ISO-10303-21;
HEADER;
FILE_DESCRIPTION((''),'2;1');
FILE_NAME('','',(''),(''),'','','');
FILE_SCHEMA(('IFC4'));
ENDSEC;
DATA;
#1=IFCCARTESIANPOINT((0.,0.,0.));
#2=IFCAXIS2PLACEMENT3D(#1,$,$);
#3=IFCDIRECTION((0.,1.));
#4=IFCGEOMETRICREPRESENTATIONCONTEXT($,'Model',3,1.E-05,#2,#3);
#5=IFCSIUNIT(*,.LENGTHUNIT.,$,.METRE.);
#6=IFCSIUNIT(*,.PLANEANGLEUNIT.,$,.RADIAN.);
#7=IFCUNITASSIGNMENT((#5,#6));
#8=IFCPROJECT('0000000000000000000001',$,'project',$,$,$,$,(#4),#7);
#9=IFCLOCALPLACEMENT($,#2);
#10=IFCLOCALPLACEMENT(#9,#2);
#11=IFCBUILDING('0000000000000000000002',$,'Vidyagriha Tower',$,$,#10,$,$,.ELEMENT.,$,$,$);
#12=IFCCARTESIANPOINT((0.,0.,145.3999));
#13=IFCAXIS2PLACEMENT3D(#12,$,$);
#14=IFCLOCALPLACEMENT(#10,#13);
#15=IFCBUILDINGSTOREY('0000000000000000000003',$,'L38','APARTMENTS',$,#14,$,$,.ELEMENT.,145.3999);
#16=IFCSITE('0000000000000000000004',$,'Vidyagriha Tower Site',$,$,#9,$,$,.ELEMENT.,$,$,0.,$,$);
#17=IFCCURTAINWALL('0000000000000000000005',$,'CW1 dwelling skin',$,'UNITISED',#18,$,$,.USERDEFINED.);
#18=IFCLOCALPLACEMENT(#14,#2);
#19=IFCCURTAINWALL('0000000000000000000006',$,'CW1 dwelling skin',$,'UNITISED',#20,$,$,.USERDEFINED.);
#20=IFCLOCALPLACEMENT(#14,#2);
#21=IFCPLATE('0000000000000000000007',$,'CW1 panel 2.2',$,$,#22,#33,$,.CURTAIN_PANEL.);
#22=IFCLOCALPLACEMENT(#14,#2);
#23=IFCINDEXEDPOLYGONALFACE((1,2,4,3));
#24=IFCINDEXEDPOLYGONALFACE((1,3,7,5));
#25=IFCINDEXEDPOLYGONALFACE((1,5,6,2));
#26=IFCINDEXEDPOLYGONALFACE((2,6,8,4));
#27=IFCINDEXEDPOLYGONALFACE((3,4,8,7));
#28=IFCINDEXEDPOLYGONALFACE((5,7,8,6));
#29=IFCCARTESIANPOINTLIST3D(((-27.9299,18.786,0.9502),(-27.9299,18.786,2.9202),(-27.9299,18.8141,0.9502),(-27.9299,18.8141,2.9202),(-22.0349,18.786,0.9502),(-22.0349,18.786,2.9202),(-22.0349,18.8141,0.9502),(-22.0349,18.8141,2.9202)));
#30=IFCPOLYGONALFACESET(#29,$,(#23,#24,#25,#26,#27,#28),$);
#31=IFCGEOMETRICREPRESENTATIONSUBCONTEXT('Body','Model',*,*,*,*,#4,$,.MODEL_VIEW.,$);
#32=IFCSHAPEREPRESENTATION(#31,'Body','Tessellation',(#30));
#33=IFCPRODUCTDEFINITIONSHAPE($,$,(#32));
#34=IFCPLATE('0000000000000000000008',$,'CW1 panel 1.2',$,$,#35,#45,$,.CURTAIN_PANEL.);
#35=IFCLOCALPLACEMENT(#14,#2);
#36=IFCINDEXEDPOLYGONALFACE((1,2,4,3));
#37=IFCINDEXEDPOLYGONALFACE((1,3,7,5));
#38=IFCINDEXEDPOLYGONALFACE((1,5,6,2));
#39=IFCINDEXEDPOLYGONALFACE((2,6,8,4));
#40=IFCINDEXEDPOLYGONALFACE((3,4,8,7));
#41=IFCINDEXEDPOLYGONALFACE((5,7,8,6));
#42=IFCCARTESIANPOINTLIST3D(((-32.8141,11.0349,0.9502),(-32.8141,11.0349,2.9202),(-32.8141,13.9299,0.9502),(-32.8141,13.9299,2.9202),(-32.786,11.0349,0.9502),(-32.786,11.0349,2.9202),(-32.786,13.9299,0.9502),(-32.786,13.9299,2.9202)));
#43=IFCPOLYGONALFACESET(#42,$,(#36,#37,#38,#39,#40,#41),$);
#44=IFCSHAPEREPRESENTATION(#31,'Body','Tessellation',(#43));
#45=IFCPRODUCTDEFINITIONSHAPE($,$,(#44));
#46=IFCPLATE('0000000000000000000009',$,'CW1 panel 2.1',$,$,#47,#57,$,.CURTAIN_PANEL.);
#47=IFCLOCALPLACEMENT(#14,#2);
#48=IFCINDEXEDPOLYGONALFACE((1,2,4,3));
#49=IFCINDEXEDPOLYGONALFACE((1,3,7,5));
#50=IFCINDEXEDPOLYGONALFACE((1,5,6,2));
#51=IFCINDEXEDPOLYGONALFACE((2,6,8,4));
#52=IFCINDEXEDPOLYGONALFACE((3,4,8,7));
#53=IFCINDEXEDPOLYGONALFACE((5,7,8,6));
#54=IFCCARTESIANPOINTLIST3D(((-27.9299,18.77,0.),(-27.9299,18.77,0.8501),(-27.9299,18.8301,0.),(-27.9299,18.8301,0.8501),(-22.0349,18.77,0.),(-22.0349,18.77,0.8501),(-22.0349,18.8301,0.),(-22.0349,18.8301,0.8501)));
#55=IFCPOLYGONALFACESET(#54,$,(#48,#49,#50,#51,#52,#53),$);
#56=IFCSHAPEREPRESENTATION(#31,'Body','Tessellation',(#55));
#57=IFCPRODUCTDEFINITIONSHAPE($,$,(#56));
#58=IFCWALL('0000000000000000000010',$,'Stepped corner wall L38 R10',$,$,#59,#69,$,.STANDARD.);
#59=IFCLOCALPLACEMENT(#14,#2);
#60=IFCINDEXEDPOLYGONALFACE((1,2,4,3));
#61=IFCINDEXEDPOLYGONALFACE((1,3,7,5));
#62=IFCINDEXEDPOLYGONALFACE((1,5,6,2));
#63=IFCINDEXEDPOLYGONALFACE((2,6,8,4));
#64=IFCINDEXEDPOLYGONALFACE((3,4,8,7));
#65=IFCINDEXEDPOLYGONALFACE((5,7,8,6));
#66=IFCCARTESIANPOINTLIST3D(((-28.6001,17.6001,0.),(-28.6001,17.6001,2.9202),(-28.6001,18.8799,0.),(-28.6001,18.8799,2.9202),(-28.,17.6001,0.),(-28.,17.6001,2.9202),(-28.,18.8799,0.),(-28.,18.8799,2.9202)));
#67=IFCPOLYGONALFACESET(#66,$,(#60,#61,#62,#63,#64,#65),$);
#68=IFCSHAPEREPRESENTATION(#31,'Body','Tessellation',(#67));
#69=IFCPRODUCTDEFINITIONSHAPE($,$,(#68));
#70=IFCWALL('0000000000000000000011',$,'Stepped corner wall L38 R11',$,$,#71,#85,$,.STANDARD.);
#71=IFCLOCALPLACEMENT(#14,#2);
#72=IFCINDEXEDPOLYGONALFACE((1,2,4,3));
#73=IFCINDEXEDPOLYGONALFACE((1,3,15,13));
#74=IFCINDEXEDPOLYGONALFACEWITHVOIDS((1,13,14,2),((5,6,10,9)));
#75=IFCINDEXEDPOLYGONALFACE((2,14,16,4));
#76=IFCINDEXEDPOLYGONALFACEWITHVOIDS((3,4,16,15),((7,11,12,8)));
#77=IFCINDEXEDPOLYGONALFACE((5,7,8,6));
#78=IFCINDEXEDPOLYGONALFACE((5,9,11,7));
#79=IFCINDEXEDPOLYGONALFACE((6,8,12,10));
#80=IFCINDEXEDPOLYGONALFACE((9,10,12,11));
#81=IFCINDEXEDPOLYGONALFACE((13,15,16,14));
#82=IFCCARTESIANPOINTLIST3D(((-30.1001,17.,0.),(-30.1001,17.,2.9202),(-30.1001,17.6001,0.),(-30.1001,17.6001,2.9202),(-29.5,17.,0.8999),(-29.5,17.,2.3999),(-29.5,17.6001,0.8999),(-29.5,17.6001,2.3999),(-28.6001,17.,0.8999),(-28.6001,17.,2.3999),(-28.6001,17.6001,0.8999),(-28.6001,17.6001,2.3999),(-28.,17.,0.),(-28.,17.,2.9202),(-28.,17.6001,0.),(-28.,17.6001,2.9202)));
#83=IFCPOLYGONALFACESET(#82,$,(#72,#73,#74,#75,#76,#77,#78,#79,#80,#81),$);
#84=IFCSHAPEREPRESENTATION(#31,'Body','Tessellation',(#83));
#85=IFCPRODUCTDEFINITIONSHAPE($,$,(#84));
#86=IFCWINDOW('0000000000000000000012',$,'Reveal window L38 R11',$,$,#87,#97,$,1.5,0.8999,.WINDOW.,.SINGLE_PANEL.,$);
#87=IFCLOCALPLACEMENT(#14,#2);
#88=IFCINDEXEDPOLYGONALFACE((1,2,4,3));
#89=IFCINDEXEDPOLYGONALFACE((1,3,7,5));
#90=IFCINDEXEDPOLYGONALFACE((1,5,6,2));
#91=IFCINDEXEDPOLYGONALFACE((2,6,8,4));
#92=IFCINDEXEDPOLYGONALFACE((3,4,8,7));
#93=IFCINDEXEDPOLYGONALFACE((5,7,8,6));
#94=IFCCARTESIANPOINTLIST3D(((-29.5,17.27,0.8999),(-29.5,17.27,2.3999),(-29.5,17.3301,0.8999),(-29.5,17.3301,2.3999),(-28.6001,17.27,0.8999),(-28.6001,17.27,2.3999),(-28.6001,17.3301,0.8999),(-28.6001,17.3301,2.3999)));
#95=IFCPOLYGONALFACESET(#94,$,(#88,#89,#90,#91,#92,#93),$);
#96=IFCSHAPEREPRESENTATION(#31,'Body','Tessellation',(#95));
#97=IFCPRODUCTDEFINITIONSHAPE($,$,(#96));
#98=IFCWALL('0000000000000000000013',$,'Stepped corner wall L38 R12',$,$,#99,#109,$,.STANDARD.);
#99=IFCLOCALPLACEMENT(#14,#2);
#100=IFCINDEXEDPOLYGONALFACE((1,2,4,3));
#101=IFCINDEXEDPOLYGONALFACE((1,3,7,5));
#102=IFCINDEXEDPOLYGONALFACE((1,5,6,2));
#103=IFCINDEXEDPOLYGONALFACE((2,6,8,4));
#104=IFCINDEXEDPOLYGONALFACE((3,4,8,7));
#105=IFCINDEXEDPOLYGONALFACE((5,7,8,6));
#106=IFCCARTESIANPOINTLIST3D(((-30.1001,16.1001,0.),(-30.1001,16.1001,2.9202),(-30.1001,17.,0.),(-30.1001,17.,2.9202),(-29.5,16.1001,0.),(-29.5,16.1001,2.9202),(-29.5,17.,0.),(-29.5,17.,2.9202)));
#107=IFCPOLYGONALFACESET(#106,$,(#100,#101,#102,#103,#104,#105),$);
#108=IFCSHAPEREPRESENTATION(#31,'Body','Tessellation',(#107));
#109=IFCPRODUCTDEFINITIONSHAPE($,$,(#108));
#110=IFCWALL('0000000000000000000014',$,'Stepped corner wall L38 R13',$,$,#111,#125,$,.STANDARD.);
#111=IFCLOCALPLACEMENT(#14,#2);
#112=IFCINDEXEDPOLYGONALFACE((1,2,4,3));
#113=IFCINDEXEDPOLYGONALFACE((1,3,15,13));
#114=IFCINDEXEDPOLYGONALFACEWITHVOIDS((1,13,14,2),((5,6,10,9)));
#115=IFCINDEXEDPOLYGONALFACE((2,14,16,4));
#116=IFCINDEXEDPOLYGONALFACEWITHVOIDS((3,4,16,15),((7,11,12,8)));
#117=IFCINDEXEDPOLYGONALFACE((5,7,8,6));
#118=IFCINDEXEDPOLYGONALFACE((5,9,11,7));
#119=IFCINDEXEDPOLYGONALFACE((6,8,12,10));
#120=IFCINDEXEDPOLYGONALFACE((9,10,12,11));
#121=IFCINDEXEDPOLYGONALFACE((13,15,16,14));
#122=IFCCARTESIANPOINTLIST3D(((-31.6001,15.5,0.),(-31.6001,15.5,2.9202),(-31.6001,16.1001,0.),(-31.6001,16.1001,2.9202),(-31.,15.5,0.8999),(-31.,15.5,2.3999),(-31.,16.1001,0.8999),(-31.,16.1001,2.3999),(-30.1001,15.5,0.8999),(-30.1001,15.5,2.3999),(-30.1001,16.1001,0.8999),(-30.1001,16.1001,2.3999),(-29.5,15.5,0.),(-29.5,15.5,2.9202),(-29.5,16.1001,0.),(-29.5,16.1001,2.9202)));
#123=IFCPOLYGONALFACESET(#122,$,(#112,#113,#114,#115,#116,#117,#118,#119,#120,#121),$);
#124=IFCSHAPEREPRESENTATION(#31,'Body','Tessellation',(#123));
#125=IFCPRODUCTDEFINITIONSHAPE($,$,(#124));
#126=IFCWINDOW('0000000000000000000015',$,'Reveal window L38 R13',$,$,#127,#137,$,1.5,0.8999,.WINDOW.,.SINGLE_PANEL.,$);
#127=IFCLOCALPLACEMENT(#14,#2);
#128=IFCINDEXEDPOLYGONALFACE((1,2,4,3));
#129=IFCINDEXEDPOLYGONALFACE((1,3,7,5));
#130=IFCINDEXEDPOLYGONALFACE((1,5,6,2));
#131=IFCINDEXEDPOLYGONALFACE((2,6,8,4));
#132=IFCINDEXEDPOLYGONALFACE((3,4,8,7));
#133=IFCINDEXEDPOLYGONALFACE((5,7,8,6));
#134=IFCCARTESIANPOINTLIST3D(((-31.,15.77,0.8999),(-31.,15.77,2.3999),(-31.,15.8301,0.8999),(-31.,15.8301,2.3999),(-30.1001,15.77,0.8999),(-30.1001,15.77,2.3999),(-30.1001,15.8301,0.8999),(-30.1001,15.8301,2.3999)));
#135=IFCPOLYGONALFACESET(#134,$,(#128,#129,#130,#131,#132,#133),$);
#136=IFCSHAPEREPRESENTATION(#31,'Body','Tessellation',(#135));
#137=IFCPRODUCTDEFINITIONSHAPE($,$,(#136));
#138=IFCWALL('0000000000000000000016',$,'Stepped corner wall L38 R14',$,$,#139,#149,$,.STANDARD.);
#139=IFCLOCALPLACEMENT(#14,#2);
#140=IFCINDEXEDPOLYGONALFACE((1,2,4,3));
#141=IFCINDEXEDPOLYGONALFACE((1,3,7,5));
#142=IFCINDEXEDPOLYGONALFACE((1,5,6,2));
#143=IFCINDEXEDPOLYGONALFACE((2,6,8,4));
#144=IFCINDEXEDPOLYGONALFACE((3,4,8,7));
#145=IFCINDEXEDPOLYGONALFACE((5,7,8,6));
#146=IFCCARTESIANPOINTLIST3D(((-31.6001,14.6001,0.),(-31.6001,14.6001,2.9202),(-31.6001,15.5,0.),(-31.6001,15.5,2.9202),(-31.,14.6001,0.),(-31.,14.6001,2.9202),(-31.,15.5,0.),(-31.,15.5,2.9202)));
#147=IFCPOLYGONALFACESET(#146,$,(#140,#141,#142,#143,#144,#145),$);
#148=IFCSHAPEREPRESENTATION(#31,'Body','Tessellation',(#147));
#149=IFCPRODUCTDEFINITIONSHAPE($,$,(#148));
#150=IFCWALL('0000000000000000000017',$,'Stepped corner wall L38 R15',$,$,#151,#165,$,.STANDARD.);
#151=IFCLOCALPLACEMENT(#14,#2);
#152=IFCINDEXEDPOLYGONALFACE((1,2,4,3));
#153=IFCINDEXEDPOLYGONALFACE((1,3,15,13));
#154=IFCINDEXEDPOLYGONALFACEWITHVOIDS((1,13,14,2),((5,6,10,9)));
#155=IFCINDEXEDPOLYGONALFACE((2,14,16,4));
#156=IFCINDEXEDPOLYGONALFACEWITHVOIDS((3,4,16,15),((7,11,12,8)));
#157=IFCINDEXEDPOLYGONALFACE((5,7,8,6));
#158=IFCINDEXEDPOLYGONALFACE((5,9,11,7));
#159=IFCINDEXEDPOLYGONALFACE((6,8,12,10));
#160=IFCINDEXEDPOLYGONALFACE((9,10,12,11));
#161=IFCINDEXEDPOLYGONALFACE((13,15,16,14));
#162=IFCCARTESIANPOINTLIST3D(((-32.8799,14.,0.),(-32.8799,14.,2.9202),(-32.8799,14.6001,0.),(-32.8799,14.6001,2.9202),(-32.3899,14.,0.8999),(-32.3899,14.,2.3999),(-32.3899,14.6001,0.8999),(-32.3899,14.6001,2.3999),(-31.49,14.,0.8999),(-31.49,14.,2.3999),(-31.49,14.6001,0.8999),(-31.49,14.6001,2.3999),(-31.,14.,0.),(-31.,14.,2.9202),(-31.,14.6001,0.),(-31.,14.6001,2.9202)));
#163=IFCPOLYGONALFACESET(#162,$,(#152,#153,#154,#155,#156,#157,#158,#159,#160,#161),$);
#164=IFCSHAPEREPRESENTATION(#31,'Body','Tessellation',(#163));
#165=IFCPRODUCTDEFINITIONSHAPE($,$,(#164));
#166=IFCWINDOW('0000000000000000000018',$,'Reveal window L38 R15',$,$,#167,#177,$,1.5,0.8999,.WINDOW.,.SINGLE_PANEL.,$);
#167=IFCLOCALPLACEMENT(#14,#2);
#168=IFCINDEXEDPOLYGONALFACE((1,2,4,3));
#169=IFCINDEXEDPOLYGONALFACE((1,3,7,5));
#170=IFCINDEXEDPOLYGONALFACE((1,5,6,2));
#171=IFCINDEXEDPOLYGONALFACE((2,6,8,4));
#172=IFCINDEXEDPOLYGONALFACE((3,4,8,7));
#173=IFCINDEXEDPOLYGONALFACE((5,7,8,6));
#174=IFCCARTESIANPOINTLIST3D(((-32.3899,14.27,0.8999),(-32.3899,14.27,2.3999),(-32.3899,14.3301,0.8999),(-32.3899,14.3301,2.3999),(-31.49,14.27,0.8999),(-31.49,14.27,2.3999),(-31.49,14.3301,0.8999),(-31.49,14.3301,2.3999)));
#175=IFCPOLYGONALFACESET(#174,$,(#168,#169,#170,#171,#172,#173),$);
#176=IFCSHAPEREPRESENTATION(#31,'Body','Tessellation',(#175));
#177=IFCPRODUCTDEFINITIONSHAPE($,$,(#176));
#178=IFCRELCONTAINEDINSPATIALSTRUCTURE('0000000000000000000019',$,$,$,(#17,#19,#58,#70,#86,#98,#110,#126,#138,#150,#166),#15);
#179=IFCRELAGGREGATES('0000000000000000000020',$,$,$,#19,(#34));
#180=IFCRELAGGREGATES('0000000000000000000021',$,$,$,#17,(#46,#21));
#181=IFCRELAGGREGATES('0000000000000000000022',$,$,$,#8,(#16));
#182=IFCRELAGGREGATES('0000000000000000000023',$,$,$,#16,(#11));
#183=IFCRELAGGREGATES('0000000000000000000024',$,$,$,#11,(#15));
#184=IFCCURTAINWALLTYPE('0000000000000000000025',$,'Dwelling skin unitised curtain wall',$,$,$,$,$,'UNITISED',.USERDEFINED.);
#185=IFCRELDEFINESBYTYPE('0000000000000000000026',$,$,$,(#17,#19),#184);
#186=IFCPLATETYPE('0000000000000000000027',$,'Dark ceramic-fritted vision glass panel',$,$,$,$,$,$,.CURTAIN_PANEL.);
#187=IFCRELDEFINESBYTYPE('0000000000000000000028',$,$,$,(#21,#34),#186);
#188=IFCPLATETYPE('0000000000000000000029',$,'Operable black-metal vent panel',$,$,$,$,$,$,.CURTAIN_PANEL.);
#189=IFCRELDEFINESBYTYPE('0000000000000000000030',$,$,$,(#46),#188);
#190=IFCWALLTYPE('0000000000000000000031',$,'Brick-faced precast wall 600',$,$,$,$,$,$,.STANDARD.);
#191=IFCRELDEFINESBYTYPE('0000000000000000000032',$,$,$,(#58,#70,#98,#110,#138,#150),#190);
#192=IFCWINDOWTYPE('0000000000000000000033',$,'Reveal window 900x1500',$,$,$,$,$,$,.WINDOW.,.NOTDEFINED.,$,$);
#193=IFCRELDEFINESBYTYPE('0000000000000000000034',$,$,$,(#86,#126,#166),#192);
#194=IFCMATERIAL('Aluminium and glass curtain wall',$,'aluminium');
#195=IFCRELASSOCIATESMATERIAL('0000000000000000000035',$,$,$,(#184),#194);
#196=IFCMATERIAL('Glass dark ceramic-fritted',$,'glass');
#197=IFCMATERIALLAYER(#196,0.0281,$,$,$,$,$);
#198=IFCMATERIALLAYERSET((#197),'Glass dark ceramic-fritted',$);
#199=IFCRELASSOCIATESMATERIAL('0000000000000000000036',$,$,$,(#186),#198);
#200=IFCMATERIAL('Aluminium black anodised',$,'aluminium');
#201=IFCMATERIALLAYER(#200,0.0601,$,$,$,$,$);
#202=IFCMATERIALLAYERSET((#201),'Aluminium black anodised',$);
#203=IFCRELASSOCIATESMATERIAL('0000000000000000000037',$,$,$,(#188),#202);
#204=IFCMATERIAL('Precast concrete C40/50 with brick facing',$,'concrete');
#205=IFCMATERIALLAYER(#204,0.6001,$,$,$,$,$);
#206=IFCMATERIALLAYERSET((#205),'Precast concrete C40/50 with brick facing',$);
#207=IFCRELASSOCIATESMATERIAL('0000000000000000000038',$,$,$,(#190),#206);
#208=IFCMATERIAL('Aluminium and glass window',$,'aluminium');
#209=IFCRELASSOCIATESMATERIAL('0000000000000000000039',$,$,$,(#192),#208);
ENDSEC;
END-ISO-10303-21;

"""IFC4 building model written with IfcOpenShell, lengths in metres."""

from ifc_helpers import new_model, si_unit, direction, frame, frame_2d, origin, origin_2d, place, context, subcontext, project, spatial, rectangle, extrude, material, layer, layer_set, type_object, element, fill, aggregate, save


model = new_model("IFC4")

# Units and contexts
model_context = context("Model", 3, precision=1e-05, world=origin(), true_north=direction((0.0, 1.0)))
body_context = subcontext(model_context, "Body", "Model", "MODEL_VIEW")
ifc_project = project(units=[si_unit("LENGTHUNIT", "METRE"), si_unit("PLANEANGLEUNIT", "RADIAN")], contexts=[model_context])

# Site, building, storey
site_placement = place(None, origin())
site = spatial("IfcSite", under=ifc_project, at=site_placement, Name="Vidyagriha Tower Site", CompositionType="ELEMENT", RefElevation=0.0)
building_placement = place(site_placement, origin())
building = spatial("IfcBuilding", under=site, at=building_placement, Name="Vidyagriha Tower", CompositionType="ELEMENT")
storey_placement = place(building_placement, frame((0.0, 0.0, 145.3999)))
storey = spatial("IfcBuildingStorey", under=building, at=storey_placement, Name="L38", Description="APARTMENTS", CompositionType="ELEMENT", Elevation=145.3999)

# Curtain walls
ifc_material_1 = material(Name="Aluminium and glass curtain wall", Category="aluminium")
curtain_wall_type = type_object("IfcCurtainWallType", Name="Dwelling skin unitised curtain wall", ElementType="UNITISED", PredefinedType="USERDEFINED", material=ifc_material_1)
curtain_wall_1_placement = place(storey_placement, origin())
curtain_wall_1 = element("IfcCurtainWall", 1, at=curtain_wall_1_placement, inside=storey, type_object=curtain_wall_type, Name="CW1 dwelling skin", ObjectType="UNITISED", PredefinedType="USERDEFINED")
curtain_wall_2_placement = place(storey_placement, origin())
curtain_wall_2 = element("IfcCurtainWall", 2, at=curtain_wall_2_placement, inside=storey, type_object=curtain_wall_type, Name="CW1 dwelling skin", ObjectType="UNITISED", PredefinedType="USERDEFINED")

# Plates
ifc_material_2 = material(Name="Glass dark ceramic-fritted", Category="glass")
ifc_layer_1 = layer(ifc_material_2, 0.0281)
ifc_layer_set_1 = layer_set([ifc_layer_1], Name="Glass dark ceramic-fritted")
plate_type_1 = type_object("IfcPlateType", Name="Dark ceramic-fritted vision glass panel", PredefinedType="CURTAIN_PANEL", material=ifc_layer_set_1)
plate_1_placement = place(storey_placement, frame((-24.9824, 18.8, 0.9502), z_axis=(0.0, 0.0, 1.0), x_axis=(-1.0, 0.0, 0.0)))
plate_1 = element("IfcPlate", 3, at=plate_1_placement, type_object=plate_type_1, Name="CW1 panel 2.2", PredefinedType="CURTAIN_PANEL", context=body_context, shape_type="SweptSolid", body=[
    extrude(rectangle(XDim=5.895, YDim=0.0281, at=origin_2d()), origin(), (0.0, 0.0, 1.0), 1.97),
])
plate_2_placement = place(storey_placement, frame((-32.8, 12.4824, 0.9502), z_axis=(0.0, 0.0, 1.0), x_axis=(0.0, -1.0, 0.0)))
plate_2 = element("IfcPlate", 4, at=plate_2_placement, type_object=plate_type_1, Name="CW1 panel 1.2", PredefinedType="CURTAIN_PANEL", context=body_context, shape_type="SweptSolid", body=[
    extrude(rectangle(XDim=2.895, YDim=0.0281, at=origin_2d()), origin(), (0.0, 0.0, 1.0), 1.97),
])
aggregate(curtain_wall_2, [plate_2])
ifc_material_3 = material(Name="Aluminium black anodised", Category="aluminium")
ifc_layer_2 = layer(ifc_material_3, 0.0601)
ifc_layer_set_2 = layer_set([ifc_layer_2], Name="Aluminium black anodised")
plate_type_2 = type_object("IfcPlateType", Name="Operable black-metal vent panel", PredefinedType="CURTAIN_PANEL", material=ifc_layer_set_2)
plate_3_placement = place(storey_placement, frame((-24.9824, 18.8, 0.0), z_axis=(0.0, 0.0, 1.0), x_axis=(-1.0, 0.0, 0.0)))
plate_3 = element("IfcPlate", 5, at=plate_3_placement, type_object=plate_type_2, Name="CW1 panel 2.1", PredefinedType="CURTAIN_PANEL", context=body_context, shape_type="SweptSolid", body=[
    extrude(rectangle(XDim=5.895, YDim=0.0601, at=origin_2d()), origin(), (0.0, 0.0, 1.0), 0.8501),
])
aggregate(curtain_wall_1, [plate_3, plate_1])

# Wall
ifc_material_4 = material(Name="Precast concrete C40/50 with brick facing", Category="concrete")
ifc_layer_3 = layer(ifc_material_4, 0.6001)
ifc_layer_set_3 = layer_set([ifc_layer_3], Name="Precast concrete C40/50 with brick facing")
wall_type_1 = type_object("IfcWallType", Name="Brick-faced precast wall 600", PredefinedType="STANDARD", material=ifc_layer_set_3)
wall_1_placement = place(storey_placement, frame((-28.3, 18.8799, 0.0), z_axis=(0.0, 0.0, 1.0), x_axis=(0.0, -1.0, 0.0)))
element("IfcWall", 6, at=wall_1_placement, inside=storey, type_object=wall_type_1, Name="Stepped corner wall L38 R10", PredefinedType="STANDARD", context=body_context, shape_type="SweptSolid", body=[
    extrude(rectangle(XDim=1.2798, YDim=0.6001, at=frame_2d((0.6399, 0.0))), origin(), (0.0, 0.0, 1.0), 2.9202),
])

# Wall, opening, window
wall_2_placement = place(storey_placement, frame((-28.0, 17.3, 0.0), z_axis=(0.0, 0.0, 1.0), x_axis=(-1.0, 0.0, 0.0)))
wall_2 = element("IfcWall", 7, at=wall_2_placement, inside=storey, type_object=wall_type_1, Name="Stepped corner wall L38 R11", PredefinedType="STANDARD", context=body_context, shape_type="SweptSolid", body=[
    extrude(rectangle(XDim=2.1001, YDim=0.6001, at=frame_2d((1.05, 0.0))), origin(), (0.0, 0.0, 1.0), 2.9202),
])
opening_1_placement = place(wall_2_placement, frame((0.6001, 0.0, 0.8999)))
opening_1 = element("IfcOpeningElement", 8, at=opening_1_placement, cuts=wall_2, PredefinedType="OPENING", context=body_context, shape_type="SweptSolid", body=[
    extrude(rectangle(XDim=0.8999, YDim=1.5, at=frame_2d((0.45, 0.75))), frame((0.0, 0.3101, 0.0), z_axis=(0.0, -1.0, 0.0), x_axis=(1.0, 0.0, 0.0)), (0.0, 0.0, 1.0), 0.6201),
])
ifc_material_5 = material(Name="Aluminium and glass window", Category="aluminium")
window_type = type_object("IfcWindowType", Name="Reveal window 900x1500", PartitioningType="NOTDEFINED", PredefinedType="WINDOW", material=ifc_material_5)
window_1_placement = place(opening_1_placement, origin())
window_1 = element("IfcWindow", 9, at=window_1_placement, inside=storey, type_object=window_type, Name="Reveal window L38 R11", OverallHeight=1.5, OverallWidth=0.8999, PartitioningType="SINGLE_PANEL", PredefinedType="WINDOW", context=body_context, shape_type="SweptSolid", body=[
    extrude(rectangle(XDim=0.8999, YDim=1.5, at=frame_2d((0.45, 0.75))), frame((0.0, 0.03, 0.0), z_axis=(0.0, -1.0, 0.0), x_axis=(1.0, 0.0, 0.0)), (0.0, 0.0, 1.0), 0.0601),
])
fill(opening_1, window_1)

# Wall
wall_3_placement = place(storey_placement, frame((-29.8, 17.0, 0.0), z_axis=(0.0, 0.0, 1.0), x_axis=(0.0, -1.0, 0.0)))
element("IfcWall", 10, at=wall_3_placement, inside=storey, type_object=wall_type_1, Name="Stepped corner wall L38 R12", PredefinedType="STANDARD", context=body_context, shape_type="SweptSolid", body=[
    extrude(rectangle(XDim=0.8999, YDim=0.6001, at=frame_2d((0.45, 0.0))), origin(), (0.0, 0.0, 1.0), 2.9202),
])

# Wall, opening, window
wall_4_placement = place(storey_placement, frame((-29.5, 15.8, 0.0), z_axis=(0.0, 0.0, 1.0), x_axis=(-1.0, 0.0, 0.0)))
wall_4 = element("IfcWall", 11, at=wall_4_placement, inside=storey, type_object=wall_type_1, Name="Stepped corner wall L38 R13", PredefinedType="STANDARD", context=body_context, shape_type="SweptSolid", body=[
    extrude(rectangle(XDim=2.1001, YDim=0.6001, at=frame_2d((1.05, 0.0))), origin(), (0.0, 0.0, 1.0), 2.9202),
])
opening_2_placement = place(wall_4_placement, frame((0.6001, 0.0, 0.8999)))
opening_2 = element("IfcOpeningElement", 12, at=opening_2_placement, cuts=wall_4, PredefinedType="OPENING", context=body_context, shape_type="SweptSolid", body=[
    extrude(rectangle(XDim=0.8999, YDim=1.5, at=frame_2d((0.45, 0.75))), frame((0.0, 0.3101, 0.0), z_axis=(0.0, -1.0, 0.0), x_axis=(1.0, 0.0, 0.0)), (0.0, 0.0, 1.0), 0.6201),
])
window_2_placement = place(opening_2_placement, origin())
window_2 = element("IfcWindow", 13, at=window_2_placement, inside=storey, type_object=window_type, Name="Reveal window L38 R13", OverallHeight=1.5, OverallWidth=0.8999, PartitioningType="SINGLE_PANEL", PredefinedType="WINDOW", context=body_context, shape_type="SweptSolid", body=[
    extrude(rectangle(XDim=0.8999, YDim=1.5, at=frame_2d((0.45, 0.75))), frame((0.0, 0.03, 0.0), z_axis=(0.0, -1.0, 0.0), x_axis=(1.0, 0.0, 0.0)), (0.0, 0.0, 1.0), 0.0601),
])
fill(opening_2, window_2)

# Wall
wall_5_placement = place(storey_placement, frame((-31.3, 15.5, 0.0), z_axis=(0.0, 0.0, 1.0), x_axis=(0.0, -1.0, 0.0)))
element("IfcWall", 14, at=wall_5_placement, inside=storey, type_object=wall_type_1, Name="Stepped corner wall L38 R14", PredefinedType="STANDARD", context=body_context, shape_type="SweptSolid", body=[
    extrude(rectangle(XDim=0.8999, YDim=0.6001, at=frame_2d((0.45, 0.0))), origin(), (0.0, 0.0, 1.0), 2.9202),
])

# Wall, opening, window
wall_6_placement = place(storey_placement, frame((-31.0, 14.3, 0.0), z_axis=(0.0, 0.0, 1.0), x_axis=(-1.0, 0.0, 0.0)))
wall_6 = element("IfcWall", 15, at=wall_6_placement, inside=storey, type_object=wall_type_1, Name="Stepped corner wall L38 R15", PredefinedType="STANDARD", context=body_context, shape_type="SweptSolid", body=[
    extrude(rectangle(XDim=1.8799, YDim=0.6001, at=frame_2d((0.9399, 0.0))), origin(), (0.0, 0.0, 1.0), 2.9202),
])
opening_3_placement = place(wall_6_placement, frame((0.49, 0.0, 0.8999)))
opening_3 = element("IfcOpeningElement", 16, at=opening_3_placement, cuts=wall_6, PredefinedType="OPENING", context=body_context, shape_type="SweptSolid", body=[
    extrude(rectangle(XDim=0.8999, YDim=1.5, at=frame_2d((0.45, 0.75))), frame((0.0, 0.3101, 0.0), z_axis=(0.0, -1.0, 0.0), x_axis=(1.0, 0.0, 0.0)), (0.0, 0.0, 1.0), 0.6201),
])
window_3_placement = place(opening_3_placement, origin())
window_3 = element("IfcWindow", 17, at=window_3_placement, inside=storey, type_object=window_type, Name="Reveal window L38 R15", OverallHeight=1.5, OverallWidth=0.8999, PartitioningType="SINGLE_PANEL", PredefinedType="WINDOW", context=body_context, shape_type="SweptSolid", body=[
    extrude(rectangle(XDim=0.8999, YDim=1.5, at=frame_2d((0.45, 0.75))), frame((0.0, 0.03, 0.0), z_axis=(0.0, -1.0, 0.0), x_axis=(1.0, 0.0, 0.0)), (0.0, 0.0, 1.0), 0.0601),
])
fill(opening_3, window_3)

save(model, "model.ifc")
